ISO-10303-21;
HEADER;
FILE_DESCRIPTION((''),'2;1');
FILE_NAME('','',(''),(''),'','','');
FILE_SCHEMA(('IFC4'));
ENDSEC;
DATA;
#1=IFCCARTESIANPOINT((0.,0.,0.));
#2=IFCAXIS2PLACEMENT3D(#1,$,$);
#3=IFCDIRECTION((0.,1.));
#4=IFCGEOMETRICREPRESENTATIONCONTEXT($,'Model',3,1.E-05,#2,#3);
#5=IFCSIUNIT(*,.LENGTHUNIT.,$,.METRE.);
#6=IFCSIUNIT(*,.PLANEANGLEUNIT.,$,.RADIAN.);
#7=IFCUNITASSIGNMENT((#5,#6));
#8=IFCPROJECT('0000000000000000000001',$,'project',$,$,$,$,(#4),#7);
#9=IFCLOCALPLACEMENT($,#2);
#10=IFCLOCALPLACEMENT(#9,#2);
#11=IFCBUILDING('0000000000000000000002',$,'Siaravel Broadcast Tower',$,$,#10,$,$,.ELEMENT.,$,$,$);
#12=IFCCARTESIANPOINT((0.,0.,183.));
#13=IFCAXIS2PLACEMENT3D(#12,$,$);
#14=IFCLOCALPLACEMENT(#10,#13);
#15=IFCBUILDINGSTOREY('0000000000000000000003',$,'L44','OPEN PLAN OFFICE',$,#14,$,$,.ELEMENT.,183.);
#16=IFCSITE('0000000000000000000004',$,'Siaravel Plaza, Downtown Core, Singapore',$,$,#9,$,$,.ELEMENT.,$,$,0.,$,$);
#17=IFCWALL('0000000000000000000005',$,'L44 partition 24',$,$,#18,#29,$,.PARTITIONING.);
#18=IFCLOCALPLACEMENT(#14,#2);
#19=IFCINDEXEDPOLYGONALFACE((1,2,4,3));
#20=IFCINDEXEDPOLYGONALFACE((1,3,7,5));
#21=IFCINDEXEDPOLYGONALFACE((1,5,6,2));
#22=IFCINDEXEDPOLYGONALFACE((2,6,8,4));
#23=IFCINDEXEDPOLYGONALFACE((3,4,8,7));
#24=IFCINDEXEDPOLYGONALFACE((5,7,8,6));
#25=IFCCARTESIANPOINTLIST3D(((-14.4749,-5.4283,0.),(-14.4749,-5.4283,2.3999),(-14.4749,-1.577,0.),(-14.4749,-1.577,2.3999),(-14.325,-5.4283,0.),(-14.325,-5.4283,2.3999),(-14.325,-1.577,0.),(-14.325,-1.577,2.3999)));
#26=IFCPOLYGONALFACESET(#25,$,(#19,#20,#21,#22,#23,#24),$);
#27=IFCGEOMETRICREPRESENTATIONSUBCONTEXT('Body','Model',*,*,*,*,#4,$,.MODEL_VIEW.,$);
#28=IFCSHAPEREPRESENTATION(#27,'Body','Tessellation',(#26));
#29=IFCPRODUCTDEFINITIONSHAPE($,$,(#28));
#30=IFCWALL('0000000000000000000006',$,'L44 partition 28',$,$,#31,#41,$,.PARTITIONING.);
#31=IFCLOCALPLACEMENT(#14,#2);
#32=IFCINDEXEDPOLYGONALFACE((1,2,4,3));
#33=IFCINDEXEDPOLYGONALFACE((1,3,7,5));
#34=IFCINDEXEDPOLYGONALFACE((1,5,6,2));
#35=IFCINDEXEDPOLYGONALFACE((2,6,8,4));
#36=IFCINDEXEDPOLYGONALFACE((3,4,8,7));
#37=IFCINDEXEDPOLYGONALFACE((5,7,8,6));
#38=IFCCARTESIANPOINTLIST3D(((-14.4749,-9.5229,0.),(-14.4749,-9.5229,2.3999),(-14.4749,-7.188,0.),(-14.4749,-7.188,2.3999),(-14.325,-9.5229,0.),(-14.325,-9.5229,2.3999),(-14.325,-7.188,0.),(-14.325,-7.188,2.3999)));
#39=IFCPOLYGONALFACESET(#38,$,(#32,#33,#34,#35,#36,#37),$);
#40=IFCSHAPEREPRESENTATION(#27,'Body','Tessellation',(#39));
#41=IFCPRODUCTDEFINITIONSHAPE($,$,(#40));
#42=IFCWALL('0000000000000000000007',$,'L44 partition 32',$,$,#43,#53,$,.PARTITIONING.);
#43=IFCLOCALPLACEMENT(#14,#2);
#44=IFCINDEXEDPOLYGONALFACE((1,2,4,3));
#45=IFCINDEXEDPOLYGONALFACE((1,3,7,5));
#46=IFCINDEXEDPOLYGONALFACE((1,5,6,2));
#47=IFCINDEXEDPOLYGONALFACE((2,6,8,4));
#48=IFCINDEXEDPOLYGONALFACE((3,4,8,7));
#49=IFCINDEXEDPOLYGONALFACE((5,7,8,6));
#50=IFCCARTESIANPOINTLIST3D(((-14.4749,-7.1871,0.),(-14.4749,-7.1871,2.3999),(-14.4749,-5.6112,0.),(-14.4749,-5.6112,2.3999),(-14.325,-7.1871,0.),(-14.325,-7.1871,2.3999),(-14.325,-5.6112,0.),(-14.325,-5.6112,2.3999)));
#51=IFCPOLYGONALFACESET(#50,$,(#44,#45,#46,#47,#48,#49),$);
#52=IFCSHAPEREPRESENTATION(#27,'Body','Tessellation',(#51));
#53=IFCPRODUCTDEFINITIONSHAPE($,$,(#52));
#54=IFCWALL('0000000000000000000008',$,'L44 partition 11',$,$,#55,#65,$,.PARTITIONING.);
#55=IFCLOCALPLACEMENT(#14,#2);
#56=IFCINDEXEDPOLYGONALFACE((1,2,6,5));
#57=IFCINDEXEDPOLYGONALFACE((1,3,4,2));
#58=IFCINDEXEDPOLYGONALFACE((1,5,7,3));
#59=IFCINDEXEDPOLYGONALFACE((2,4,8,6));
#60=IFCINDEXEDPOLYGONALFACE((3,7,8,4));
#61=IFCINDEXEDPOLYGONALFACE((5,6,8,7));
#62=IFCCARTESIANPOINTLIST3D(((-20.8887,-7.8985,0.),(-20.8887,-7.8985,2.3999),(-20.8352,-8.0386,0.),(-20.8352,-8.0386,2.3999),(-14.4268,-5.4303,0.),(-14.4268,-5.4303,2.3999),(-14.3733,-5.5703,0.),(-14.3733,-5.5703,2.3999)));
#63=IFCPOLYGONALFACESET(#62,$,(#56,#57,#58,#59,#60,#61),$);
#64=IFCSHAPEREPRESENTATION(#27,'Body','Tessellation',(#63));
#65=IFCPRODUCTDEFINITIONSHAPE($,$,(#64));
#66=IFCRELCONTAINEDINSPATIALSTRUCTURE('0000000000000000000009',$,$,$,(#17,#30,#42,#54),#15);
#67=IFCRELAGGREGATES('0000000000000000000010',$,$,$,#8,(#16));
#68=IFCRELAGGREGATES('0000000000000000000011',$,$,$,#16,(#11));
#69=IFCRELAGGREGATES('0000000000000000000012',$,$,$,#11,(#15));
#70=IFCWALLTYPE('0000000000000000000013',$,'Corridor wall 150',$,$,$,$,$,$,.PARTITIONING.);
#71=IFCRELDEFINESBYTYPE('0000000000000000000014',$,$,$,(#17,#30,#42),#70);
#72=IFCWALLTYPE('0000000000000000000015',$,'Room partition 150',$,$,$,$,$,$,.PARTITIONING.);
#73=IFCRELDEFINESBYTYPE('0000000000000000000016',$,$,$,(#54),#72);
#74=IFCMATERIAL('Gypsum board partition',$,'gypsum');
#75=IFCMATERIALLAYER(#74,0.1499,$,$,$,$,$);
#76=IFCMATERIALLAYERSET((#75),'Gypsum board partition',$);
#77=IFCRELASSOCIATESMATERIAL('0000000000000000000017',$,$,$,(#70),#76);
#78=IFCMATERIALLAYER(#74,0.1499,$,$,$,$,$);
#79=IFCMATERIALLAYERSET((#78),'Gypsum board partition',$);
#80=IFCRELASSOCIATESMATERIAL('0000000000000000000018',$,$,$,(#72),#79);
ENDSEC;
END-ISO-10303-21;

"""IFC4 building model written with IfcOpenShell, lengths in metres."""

from ifc_helpers import new_model, si_unit, direction, frame, frame_2d, origin, place, context, subcontext, project, spatial, rectangle, extrude, material, layer, layer_set, type_object, element, save


model = new_model("IFC4")

# Units and contexts
model_context = context("Model", 3, precision=1e-05, world=origin(), true_north=direction((0.0, 1.0)))
body_context = subcontext(model_context, "Body", "Model", "MODEL_VIEW")
ifc_project = project(units=[si_unit("LENGTHUNIT", "METRE"), si_unit("PLANEANGLEUNIT", "RADIAN")], contexts=[model_context])

# Site, building, storey
site_placement = place(None, origin())
site = spatial("IfcSite", under=ifc_project, at=site_placement, Name="Siaravel Plaza, Downtown Core, Singapore", CompositionType="ELEMENT", RefElevation=0.0)
building_placement = place(site_placement, origin())
building = spatial("IfcBuilding", under=site, at=building_placement, Name="Siaravel Broadcast Tower", CompositionType="ELEMENT")
storey_placement = place(building_placement, frame((0.0, 0.0, 183.0)))
storey = spatial("IfcBuildingStorey", under=building, at=storey_placement, Name="L44", Description="OPEN PLAN OFFICE", CompositionType="ELEMENT", Elevation=183.0)

# Shared definitions
ifc_material_1 = material(Name="Gypsum board partition", Category="gypsum")
ifc_layer_1 = layer(ifc_material_1, 0.1499)
ifc_layer_set_1 = layer_set([ifc_layer_1], Name="Gypsum board partition")
wall_type_1 = type_object("IfcWallType", Name="Corridor wall 150", PredefinedType="PARTITIONING", material=ifc_layer_set_1)

# Walls
wall_1_placement = place(storey_placement, frame((-14.3999, -1.5769, 0.0), z_axis=(0.0, 0.0, 1.0), x_axis=(0.0, -1.0, 0.0)))
element("IfcWall", 1, at=wall_1_placement, inside=storey, type_object=wall_type_1, Name="L44 partition 24", PredefinedType="PARTITIONING", context=body_context, shape_type="SweptSolid", body=[
    extrude(rectangle(XDim=3.8513, YDim=0.1499, at=frame_2d((1.9258, 0.0))), origin(), (0.0, 0.0, 1.0), 2.3999),
])
wall_2_placement = place(storey_placement, frame((-14.3999, -7.188, 0.0), z_axis=(0.0, 0.0, 1.0), x_axis=(0.0, -1.0, 0.0)))
element("IfcWall", 2, at=wall_2_placement, inside=storey, type_object=wall_type_1, Name="L44 partition 28", PredefinedType="PARTITIONING", context=body_context, shape_type="SweptSolid", body=[
    extrude(rectangle(XDim=2.335, YDim=0.1499, at=frame_2d((1.1675, 0.0))), origin(), (0.0, 0.0, 1.0), 2.3999),
])
wall_3_placement = place(storey_placement, frame((-14.3999, -5.6111, 0.0), z_axis=(0.0, 0.0, 1.0), x_axis=(0.0, -1.0, 0.0)))
element("IfcWall", 3, at=wall_3_placement, inside=storey, type_object=wall_type_1, Name="L44 partition 32", PredefinedType="PARTITIONING", context=body_context, shape_type="SweptSolid", body=[
    extrude(rectangle(XDim=1.5759, YDim=0.1499, at=frame_2d((0.7881, 0.0))), origin(), (0.0, 0.0, 1.0), 2.3999),
])
ifc_layer_2 = layer(ifc_material_1, 0.1499)
ifc_layer_set_2 = layer_set([ifc_layer_2], Name="Gypsum board partition")
wall_type_2 = type_object("IfcWallType", Name="Room partition 150", PredefinedType="PARTITIONING", material=ifc_layer_set_2)
wall_4_placement = place(storey_placement, frame((-20.8618, -7.9685, 0.0), z_axis=(0.0, 0.0, 1.0), x_axis=(0.934171, 0.356826, 0.0)))
element("IfcWall", 4, at=wall_4_placement, inside=storey, type_object=wall_type_2, Name="L44 partition 11", PredefinedType="PARTITIONING", context=body_context, shape_type="SweptSolid", body=[
    extrude(rectangle(XDim=6.9172, YDim=0.1499, at=frame_2d((3.4585, 0.0))), origin(), (0.0, 0.0, 1.0), 2.3999),
])

save(model, "model.ifc")
